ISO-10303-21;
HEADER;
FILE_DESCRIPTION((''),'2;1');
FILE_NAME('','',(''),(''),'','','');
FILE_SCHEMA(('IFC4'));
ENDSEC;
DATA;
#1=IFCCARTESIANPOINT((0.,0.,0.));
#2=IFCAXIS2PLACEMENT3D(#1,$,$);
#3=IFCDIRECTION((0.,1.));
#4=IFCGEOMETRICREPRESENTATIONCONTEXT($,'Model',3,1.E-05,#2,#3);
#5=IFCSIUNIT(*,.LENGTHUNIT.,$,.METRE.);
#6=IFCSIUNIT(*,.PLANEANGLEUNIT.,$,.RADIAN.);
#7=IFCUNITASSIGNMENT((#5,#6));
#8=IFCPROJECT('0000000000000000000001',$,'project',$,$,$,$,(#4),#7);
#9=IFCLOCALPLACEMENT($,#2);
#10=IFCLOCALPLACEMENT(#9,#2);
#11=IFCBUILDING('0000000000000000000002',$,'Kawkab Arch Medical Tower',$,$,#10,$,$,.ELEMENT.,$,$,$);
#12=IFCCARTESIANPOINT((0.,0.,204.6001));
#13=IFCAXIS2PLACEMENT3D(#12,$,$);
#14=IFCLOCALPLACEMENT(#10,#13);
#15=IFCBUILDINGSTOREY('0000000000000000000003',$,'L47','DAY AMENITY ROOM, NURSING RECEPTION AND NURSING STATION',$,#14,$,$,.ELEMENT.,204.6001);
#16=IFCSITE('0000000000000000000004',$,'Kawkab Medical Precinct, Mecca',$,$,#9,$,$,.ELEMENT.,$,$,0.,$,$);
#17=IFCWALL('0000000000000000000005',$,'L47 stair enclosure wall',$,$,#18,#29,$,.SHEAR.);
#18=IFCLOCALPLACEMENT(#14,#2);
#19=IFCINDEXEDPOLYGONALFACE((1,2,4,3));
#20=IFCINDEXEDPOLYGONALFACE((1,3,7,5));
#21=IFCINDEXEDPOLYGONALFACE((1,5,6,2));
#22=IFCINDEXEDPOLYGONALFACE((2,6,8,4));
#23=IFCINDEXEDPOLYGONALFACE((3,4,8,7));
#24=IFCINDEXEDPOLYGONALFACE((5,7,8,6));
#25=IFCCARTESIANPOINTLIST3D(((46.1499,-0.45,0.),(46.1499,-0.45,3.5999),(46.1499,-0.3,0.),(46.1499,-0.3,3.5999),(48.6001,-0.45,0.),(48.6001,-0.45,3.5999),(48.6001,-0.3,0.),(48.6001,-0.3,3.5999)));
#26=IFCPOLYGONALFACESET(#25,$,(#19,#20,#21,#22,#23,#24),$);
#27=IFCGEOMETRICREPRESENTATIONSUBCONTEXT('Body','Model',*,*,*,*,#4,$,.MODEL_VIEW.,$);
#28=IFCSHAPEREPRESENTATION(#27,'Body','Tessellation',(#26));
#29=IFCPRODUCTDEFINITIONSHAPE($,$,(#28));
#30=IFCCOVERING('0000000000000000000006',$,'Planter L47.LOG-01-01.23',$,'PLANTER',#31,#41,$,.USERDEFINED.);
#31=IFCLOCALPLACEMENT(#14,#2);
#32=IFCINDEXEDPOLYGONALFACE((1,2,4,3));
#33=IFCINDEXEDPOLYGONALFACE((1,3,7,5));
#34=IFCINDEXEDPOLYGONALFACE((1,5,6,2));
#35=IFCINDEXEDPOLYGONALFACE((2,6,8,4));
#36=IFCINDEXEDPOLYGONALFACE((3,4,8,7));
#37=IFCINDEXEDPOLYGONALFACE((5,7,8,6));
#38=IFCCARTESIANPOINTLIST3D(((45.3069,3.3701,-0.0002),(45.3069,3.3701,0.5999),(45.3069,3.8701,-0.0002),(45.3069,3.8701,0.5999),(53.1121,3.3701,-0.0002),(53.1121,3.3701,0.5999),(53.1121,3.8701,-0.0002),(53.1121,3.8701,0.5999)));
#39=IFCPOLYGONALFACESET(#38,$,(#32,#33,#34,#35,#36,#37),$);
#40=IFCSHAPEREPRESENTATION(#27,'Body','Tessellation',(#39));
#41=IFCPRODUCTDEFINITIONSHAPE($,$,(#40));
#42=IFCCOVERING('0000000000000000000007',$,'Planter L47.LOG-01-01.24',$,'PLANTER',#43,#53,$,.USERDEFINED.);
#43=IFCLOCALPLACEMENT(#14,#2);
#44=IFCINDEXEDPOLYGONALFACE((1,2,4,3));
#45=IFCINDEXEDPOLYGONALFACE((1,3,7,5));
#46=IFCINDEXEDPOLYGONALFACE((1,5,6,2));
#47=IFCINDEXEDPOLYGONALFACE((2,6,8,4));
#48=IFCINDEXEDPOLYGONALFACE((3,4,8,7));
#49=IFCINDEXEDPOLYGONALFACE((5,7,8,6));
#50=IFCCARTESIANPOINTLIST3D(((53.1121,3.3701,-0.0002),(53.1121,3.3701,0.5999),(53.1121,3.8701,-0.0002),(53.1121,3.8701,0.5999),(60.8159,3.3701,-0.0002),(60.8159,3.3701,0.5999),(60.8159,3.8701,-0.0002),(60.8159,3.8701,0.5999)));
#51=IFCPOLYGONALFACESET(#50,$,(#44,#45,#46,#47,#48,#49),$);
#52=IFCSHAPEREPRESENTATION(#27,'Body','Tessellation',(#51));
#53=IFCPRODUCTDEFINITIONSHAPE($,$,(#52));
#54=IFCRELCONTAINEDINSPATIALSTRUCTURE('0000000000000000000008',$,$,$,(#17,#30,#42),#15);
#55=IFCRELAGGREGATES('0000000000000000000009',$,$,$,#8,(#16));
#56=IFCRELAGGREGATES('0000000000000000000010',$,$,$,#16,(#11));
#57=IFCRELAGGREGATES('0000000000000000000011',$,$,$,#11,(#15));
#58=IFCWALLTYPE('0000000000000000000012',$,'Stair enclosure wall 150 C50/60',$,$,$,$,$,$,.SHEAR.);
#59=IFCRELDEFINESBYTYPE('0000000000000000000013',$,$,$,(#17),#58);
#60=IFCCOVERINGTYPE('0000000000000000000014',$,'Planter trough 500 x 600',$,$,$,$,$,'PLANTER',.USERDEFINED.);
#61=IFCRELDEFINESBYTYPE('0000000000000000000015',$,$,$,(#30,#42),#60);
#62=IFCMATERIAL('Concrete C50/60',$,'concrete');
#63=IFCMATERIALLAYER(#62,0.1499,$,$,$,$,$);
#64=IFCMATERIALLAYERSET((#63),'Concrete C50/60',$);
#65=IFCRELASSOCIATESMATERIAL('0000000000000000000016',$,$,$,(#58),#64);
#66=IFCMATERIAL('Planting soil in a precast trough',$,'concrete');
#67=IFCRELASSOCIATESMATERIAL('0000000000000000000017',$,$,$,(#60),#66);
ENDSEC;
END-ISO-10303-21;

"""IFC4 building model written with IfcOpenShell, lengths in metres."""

from ifc_helpers import new_model, si_unit, direction, frame, frame_2d, origin, origin_2d, place, context, subcontext, project, spatial, rectangle, extrude, material, layer, layer_set, material_profile, profile_set, type_object, element, save


model = new_model("IFC4")

# Units and contexts
model_context = context("Model", 3, precision=1e-05, world=origin(), true_north=direction((0.0, 1.0)))
body_context = subcontext(model_context, "Body", "Model", "MODEL_VIEW")
ifc_project = project(units=[si_unit("LENGTHUNIT", "METRE"), si_unit("PLANEANGLEUNIT", "RADIAN")], contexts=[model_context])

# Site, building, storey
site_placement = place(None, origin())
site = spatial("IfcSite", under=ifc_project, at=site_placement, Name="Kawkab Medical Precinct, Mecca", CompositionType="ELEMENT", RefElevation=0.0)
building_placement = place(site_placement, origin())
building = spatial("IfcBuilding", under=site, at=building_placement, Name="Kawkab Arch Medical Tower", CompositionType="ELEMENT")
storey_placement = place(building_placement, frame((0.0, 0.0, 204.6001)))
storey = spatial("IfcBuildingStorey", under=building, at=storey_placement, Name="L47", Description="DAY AMENITY ROOM, NURSING RECEPTION AND NURSING STATION", CompositionType="ELEMENT", Elevation=204.6001)

# Wall
ifc_material_1 = material(Name="Concrete C50/60", Category="concrete")
ifc_layer_1 = layer(ifc_material_1, 0.1499)
ifc_layer_set_1 = layer_set([ifc_layer_1], Name="Concrete C50/60")
wall_type_1 = type_object("IfcWallType", Name="Stair enclosure wall 150 C50/60", PredefinedType="SHEAR", material=ifc_layer_set_1)
wall_1_placement = place(storey_placement, frame((46.1499, -0.375, 0.0), z_axis=(0.0, 0.0, 1.0), x_axis=(1.0, 0.0, 0.0)))
element("IfcWall", 1, at=wall_1_placement, inside=storey, type_object=wall_type_1, Name="L47 stair enclosure wall", PredefinedType="SHEAR", context=body_context, shape_type="SweptSolid", body=[
    extrude(rectangle(XDim=2.4502, YDim=0.1499, at=frame_2d((1.2251, 0.0))), origin(), (0.0, 0.0, 1.0), 3.5999),
])

# Coverings
ifc_material_2 = material(Name="Planting soil in a precast trough", Category="concrete")
ifc_material_profile_1 = material_profile(ifc_material_2, rectangle(XDim=0.5, YDim=0.6001, at=origin_2d()), Name="Trough 500x600")
ifc_profile_set_1 = profile_set([ifc_material_profile_1], Name="Planting soil in a precast trough")
covering_type = type_object("IfcCoveringType", Name="Planter trough 500 x 600", ElementType="PLANTER", PredefinedType="USERDEFINED", material=ifc_profile_set_1)
covering_1_placement = place(storey_placement, frame((45.3069, 3.6201, 0.2998), z_axis=(1.0, 0.0, 0.0), x_axis=(0.0, 1.0, 0.0)))
element("IfcCovering", 2, at=covering_1_placement, inside=storey, type_object=covering_type, Name="Planter L47.LOG-01-01.23", ObjectType="PLANTER", PredefinedType="USERDEFINED", context=body_context, shape_type="SweptSolid", body=[
    extrude(rectangle(XDim=0.5, YDim=0.6001, at=origin_2d()), origin(), (0.0, 0.0, 1.0), 7.8052),
])
covering_2_placement = place(storey_placement, frame((53.1121, 3.6201, 0.2998), z_axis=(1.0, 0.0, 0.0), x_axis=(0.0, 1.0, 0.0)))
element("IfcCovering", 3, at=covering_2_placement, inside=storey, type_object=covering_type, Name="Planter L47.LOG-01-01.24", ObjectType="PLANTER", PredefinedType="USERDEFINED", context=body_context, shape_type="SweptSolid", body=[
    extrude(rectangle(XDim=0.5, YDim=0.6001, at=origin_2d()), origin(), (0.0, 0.0, 1.0), 7.7039),
])

save(model, "model.ifc")
